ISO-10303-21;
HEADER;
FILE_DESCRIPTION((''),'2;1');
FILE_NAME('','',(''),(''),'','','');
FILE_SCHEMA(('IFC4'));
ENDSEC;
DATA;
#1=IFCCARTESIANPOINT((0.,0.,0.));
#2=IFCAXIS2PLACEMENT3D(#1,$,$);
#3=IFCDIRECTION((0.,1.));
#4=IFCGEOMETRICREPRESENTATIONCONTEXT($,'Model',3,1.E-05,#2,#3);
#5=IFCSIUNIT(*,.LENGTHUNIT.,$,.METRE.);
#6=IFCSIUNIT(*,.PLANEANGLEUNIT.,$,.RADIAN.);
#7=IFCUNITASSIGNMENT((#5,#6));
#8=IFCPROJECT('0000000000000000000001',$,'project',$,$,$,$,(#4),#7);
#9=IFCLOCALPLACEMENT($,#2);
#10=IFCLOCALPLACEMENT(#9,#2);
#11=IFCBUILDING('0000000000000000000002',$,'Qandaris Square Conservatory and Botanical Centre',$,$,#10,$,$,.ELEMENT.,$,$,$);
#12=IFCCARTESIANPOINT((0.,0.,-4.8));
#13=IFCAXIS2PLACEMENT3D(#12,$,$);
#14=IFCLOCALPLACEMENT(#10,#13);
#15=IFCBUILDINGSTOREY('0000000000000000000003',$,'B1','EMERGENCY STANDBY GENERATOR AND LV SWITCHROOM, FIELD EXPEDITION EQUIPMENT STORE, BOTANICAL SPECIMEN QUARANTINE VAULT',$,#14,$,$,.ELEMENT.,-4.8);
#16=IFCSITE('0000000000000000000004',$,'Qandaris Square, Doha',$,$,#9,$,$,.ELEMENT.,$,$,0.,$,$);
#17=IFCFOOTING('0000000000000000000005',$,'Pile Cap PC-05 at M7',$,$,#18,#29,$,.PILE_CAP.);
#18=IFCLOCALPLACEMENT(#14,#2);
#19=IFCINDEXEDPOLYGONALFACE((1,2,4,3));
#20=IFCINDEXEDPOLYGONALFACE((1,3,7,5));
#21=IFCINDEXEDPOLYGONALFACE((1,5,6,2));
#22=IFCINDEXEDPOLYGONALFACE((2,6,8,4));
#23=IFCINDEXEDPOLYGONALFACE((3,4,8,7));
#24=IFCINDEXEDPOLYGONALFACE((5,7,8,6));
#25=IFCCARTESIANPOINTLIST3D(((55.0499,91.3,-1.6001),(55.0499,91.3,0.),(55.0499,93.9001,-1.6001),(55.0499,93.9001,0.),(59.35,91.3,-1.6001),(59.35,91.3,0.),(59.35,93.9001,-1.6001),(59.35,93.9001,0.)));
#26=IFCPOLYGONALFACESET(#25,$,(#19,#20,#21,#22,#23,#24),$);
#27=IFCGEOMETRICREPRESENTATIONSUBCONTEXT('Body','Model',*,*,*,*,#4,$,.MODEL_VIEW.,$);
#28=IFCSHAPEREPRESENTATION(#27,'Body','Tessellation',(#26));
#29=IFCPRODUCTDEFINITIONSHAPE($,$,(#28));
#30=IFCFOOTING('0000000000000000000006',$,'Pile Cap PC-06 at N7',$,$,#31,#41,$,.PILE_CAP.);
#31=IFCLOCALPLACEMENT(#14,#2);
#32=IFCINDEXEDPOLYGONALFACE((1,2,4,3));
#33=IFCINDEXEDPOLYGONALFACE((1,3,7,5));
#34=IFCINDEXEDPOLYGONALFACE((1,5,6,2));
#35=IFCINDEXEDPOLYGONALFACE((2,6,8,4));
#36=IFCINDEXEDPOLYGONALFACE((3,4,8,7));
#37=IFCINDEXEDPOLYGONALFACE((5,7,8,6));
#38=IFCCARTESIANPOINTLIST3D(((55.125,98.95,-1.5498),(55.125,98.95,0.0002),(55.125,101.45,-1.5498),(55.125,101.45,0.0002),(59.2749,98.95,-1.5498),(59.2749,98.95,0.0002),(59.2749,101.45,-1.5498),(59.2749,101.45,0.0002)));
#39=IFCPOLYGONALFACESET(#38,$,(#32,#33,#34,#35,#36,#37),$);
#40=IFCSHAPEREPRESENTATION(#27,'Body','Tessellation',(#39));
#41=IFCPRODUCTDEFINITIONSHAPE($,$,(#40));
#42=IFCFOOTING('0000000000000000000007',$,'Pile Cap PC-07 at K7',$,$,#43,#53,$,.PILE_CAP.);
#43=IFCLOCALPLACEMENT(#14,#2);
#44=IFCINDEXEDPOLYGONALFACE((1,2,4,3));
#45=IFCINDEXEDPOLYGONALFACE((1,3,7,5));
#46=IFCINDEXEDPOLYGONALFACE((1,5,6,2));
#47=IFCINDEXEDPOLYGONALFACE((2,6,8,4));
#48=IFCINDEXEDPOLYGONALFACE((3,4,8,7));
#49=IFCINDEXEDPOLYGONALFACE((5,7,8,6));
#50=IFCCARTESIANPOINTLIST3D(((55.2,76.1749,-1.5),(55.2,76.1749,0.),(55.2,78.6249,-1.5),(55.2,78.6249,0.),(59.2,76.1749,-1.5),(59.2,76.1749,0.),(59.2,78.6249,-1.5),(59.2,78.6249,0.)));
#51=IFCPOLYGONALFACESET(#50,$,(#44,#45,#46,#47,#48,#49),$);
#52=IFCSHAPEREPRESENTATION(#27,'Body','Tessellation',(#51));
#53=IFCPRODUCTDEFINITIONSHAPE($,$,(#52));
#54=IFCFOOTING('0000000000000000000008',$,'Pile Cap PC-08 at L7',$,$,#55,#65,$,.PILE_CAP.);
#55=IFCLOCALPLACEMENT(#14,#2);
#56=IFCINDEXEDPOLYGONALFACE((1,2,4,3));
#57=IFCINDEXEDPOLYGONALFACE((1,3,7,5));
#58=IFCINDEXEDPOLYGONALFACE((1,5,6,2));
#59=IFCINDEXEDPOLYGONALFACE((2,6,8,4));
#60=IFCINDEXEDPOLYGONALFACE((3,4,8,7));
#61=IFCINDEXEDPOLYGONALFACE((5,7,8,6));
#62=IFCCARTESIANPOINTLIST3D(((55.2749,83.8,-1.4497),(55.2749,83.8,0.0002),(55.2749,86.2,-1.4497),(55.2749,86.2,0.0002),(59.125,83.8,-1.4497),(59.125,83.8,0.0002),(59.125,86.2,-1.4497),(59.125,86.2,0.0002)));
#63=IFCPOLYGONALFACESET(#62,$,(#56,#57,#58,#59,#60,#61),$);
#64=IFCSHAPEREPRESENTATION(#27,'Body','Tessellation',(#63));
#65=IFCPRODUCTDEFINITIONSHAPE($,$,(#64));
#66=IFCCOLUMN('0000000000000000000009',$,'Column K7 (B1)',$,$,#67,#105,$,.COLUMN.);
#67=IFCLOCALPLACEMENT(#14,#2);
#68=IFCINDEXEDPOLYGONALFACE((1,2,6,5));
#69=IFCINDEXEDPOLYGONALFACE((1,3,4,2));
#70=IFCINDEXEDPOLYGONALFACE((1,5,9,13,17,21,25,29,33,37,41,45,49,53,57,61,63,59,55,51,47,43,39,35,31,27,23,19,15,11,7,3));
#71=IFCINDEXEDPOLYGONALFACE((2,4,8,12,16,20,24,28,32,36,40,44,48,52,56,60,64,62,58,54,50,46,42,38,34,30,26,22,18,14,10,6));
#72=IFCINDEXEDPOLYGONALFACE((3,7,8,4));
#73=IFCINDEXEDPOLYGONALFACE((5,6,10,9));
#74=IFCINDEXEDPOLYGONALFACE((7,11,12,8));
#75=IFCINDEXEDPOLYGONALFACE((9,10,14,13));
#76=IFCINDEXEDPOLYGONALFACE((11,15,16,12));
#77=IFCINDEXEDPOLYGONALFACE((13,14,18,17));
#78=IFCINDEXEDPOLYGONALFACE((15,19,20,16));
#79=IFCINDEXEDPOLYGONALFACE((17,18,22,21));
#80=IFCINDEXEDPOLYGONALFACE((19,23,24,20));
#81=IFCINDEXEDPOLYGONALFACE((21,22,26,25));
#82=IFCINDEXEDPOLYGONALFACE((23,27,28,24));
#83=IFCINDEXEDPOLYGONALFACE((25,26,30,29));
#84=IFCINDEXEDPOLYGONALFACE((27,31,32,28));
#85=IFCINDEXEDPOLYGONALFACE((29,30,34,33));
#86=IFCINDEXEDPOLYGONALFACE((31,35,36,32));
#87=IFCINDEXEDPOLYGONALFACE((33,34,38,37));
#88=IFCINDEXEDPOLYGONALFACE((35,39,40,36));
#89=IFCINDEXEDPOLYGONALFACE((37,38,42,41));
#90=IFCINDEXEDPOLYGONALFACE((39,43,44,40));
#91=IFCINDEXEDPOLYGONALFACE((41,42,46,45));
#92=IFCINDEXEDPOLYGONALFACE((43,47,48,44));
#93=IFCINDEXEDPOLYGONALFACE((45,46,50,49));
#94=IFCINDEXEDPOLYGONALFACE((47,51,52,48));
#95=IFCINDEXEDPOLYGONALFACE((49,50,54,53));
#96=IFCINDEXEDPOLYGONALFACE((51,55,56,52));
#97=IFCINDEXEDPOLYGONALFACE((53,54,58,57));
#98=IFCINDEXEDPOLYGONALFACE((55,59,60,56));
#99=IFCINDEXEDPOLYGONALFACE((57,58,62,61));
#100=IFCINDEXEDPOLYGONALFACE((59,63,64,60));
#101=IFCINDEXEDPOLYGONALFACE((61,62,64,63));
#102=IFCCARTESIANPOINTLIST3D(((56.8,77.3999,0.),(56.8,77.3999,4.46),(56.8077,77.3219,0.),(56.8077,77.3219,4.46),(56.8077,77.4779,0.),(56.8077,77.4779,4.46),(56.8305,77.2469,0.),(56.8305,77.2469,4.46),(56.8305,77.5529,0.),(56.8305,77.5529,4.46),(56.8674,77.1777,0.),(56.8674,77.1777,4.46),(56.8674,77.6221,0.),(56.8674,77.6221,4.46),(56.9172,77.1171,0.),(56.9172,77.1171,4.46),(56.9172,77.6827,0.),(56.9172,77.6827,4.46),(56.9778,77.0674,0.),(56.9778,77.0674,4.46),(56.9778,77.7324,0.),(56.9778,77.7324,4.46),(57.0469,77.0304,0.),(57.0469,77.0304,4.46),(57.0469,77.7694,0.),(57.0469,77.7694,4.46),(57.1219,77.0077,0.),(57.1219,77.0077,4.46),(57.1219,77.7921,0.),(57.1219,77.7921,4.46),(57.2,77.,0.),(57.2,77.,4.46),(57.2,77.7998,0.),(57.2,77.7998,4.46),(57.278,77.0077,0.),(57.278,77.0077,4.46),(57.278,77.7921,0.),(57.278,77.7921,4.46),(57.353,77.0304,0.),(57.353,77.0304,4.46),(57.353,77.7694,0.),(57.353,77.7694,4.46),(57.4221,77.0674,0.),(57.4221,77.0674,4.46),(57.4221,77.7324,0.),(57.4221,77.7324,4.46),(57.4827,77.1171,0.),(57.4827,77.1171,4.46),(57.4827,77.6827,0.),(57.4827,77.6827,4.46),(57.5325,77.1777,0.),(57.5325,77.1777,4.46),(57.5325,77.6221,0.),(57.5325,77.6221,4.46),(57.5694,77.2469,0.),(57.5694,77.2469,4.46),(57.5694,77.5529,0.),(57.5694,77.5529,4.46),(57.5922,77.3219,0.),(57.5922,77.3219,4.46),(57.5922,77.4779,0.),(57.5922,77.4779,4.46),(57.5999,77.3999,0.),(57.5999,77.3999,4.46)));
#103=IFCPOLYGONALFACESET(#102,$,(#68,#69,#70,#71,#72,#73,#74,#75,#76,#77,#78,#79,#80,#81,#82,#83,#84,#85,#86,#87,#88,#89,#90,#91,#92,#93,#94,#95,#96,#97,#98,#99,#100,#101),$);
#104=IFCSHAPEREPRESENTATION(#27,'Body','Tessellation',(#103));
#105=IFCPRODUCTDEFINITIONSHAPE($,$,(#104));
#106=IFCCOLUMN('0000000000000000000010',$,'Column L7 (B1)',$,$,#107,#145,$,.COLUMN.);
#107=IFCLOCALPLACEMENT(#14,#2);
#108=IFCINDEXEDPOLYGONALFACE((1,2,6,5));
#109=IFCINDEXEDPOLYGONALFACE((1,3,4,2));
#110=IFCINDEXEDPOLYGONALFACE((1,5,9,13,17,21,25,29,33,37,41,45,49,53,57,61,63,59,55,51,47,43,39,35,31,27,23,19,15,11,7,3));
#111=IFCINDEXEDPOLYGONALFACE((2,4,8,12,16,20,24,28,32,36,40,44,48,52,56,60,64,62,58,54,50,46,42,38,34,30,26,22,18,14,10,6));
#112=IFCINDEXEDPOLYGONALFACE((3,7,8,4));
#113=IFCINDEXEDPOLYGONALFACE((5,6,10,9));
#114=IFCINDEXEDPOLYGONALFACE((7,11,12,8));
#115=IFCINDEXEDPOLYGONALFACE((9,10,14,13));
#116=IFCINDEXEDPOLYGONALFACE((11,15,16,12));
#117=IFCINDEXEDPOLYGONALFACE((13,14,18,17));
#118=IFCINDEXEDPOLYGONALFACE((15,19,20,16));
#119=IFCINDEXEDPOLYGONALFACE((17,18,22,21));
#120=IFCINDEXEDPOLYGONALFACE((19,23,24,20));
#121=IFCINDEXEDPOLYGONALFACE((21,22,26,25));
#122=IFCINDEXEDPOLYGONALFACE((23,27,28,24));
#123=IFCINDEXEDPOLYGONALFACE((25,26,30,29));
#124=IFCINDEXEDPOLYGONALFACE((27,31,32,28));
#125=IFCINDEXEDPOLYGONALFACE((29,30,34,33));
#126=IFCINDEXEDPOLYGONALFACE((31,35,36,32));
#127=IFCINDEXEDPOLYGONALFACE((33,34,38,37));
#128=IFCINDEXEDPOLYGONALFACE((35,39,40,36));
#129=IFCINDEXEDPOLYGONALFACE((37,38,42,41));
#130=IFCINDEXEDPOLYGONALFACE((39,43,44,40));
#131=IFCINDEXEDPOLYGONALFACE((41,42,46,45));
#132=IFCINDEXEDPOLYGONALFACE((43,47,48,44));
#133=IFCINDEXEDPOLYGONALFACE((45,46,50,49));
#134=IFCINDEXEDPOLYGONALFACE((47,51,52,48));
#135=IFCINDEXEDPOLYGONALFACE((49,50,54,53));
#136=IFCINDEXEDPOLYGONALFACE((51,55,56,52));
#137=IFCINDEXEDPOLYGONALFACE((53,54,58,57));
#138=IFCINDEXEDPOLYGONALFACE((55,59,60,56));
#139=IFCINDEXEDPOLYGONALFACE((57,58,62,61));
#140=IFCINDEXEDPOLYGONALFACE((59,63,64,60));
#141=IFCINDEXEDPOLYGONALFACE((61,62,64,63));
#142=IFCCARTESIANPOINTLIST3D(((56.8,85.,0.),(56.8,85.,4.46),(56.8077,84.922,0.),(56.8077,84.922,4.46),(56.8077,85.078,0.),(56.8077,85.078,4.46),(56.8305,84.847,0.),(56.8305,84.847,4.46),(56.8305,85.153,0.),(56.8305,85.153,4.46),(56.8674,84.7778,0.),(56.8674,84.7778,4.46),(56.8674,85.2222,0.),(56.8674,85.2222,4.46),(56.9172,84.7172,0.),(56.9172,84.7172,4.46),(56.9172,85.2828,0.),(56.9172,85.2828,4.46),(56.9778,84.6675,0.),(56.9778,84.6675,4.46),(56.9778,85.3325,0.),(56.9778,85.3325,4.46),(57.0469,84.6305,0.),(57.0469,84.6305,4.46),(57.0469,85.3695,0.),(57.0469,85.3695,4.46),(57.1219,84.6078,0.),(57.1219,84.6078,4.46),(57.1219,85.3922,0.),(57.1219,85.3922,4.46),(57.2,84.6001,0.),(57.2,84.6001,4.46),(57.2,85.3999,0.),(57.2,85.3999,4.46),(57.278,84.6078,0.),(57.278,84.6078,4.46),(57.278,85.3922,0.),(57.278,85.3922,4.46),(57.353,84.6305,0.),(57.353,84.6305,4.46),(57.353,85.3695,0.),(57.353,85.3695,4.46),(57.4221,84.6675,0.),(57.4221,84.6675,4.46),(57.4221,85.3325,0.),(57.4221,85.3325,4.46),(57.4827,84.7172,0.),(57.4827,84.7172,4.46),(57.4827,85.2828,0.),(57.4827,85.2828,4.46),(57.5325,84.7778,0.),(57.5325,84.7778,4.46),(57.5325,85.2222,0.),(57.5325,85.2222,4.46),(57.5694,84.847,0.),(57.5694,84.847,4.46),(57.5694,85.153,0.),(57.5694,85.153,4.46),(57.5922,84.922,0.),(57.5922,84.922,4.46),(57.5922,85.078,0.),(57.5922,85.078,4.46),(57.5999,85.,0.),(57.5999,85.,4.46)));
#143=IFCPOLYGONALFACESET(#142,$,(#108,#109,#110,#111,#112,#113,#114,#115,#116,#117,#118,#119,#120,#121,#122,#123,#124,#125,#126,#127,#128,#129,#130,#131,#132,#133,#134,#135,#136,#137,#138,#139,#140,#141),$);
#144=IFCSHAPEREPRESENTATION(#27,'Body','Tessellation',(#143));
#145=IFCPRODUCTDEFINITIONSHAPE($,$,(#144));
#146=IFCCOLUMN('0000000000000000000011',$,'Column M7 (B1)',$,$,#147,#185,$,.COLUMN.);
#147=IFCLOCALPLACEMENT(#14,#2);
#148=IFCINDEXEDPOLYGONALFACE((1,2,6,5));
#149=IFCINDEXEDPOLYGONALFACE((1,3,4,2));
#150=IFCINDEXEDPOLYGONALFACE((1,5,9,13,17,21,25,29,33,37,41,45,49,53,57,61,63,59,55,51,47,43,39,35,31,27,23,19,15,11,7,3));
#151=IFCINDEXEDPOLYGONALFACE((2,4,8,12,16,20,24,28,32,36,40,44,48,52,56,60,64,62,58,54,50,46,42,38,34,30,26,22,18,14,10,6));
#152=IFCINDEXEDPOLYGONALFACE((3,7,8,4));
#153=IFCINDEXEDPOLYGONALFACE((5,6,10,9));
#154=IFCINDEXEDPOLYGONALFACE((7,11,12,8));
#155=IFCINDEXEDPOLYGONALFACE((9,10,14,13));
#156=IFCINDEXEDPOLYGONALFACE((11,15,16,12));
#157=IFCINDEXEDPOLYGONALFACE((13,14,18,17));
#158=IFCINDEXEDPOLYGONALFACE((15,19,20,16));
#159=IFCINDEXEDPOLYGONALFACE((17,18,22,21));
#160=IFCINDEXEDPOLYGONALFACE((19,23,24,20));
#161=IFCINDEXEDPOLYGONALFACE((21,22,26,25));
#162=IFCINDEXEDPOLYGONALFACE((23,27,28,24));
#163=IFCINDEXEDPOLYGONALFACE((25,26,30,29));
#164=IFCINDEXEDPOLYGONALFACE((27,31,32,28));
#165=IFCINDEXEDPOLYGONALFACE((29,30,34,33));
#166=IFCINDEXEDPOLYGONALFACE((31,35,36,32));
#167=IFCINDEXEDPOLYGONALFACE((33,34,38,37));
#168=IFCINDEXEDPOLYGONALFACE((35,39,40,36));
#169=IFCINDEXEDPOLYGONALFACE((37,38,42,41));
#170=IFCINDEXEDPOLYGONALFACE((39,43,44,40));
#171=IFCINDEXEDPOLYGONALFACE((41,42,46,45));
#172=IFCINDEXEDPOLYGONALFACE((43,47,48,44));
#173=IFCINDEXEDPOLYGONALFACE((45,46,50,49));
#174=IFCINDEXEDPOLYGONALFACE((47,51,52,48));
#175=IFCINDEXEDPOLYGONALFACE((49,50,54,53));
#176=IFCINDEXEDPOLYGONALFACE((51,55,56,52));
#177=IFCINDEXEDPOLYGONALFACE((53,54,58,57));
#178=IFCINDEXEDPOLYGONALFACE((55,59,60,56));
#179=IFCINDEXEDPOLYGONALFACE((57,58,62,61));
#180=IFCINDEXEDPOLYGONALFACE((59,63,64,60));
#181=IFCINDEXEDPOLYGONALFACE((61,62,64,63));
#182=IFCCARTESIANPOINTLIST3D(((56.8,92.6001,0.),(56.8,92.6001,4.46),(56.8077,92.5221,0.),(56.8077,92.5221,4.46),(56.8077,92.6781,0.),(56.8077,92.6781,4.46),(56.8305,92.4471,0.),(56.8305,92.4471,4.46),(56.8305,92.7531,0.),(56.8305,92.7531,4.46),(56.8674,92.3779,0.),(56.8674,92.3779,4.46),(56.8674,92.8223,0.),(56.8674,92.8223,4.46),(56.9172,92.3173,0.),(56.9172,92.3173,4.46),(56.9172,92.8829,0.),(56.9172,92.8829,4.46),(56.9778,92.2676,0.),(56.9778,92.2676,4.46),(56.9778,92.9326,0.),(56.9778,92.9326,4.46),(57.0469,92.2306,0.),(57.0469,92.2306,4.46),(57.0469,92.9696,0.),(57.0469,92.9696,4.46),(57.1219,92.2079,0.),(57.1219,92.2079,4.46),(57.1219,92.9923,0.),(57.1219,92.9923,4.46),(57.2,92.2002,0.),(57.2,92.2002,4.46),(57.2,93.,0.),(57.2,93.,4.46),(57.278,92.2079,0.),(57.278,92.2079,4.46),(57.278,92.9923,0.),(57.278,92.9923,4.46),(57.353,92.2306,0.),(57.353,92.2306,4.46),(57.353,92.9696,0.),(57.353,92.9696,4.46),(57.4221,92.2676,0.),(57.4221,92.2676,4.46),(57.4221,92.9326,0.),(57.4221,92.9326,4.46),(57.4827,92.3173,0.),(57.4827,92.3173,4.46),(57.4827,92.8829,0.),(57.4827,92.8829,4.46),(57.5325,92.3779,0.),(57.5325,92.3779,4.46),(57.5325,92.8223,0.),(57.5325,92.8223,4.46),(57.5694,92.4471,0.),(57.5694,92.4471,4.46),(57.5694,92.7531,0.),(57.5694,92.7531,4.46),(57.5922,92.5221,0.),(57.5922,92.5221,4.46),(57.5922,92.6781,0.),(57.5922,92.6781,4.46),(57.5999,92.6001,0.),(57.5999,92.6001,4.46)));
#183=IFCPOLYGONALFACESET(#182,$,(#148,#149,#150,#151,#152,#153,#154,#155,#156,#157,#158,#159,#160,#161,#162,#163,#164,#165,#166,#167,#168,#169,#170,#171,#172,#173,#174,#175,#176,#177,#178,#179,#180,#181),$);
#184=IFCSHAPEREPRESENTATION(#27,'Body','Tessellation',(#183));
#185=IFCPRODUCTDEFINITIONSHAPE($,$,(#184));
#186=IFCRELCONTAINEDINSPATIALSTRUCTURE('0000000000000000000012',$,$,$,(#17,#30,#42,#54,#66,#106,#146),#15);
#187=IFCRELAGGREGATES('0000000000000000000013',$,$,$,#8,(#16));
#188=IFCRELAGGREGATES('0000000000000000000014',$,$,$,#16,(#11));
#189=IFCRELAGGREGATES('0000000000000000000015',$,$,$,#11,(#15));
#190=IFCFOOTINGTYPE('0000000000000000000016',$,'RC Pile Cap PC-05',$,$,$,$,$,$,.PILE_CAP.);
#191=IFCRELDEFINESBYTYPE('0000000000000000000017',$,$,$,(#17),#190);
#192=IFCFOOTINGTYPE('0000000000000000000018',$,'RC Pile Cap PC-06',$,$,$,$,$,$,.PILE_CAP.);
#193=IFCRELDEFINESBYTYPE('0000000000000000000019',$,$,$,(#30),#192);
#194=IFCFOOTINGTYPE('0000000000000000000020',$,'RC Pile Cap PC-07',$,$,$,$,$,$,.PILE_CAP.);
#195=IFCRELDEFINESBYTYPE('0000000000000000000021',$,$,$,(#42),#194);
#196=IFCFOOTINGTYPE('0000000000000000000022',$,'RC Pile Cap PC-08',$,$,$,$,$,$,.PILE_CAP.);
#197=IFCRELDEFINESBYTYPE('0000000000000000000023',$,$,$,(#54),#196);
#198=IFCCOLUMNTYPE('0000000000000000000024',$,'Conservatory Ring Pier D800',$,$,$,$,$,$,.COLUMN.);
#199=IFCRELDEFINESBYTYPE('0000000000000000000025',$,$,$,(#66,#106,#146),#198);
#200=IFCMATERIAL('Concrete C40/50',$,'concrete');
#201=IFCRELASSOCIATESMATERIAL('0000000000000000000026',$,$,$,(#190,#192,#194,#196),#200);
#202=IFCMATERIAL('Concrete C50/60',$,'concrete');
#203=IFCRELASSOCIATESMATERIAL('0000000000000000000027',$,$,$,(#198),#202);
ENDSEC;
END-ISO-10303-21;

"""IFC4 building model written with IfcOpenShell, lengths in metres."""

from ifc_helpers import new_model, si_unit, direction, frame, origin, origin_2d, place, context, subcontext, project, spatial, rectangle, circle, extrude, material, material_profile, profile_set, type_object, element, save


model = new_model("IFC4")

# Units and contexts
model_context = context("Model", 3, precision=1e-05, world=origin(), true_north=direction((0.0, 1.0)))
body_context = subcontext(model_context, "Body", "Model", "MODEL_VIEW")
ifc_project = project(units=[si_unit("LENGTHUNIT", "METRE"), si_unit("PLANEANGLEUNIT", "RADIAN")], contexts=[model_context])

# Site, building, storey
site_placement = place(None, origin())
site = spatial("IfcSite", under=ifc_project, at=site_placement, Name="Qandaris Square, Doha", CompositionType="ELEMENT", RefElevation=0.0)
building_placement = place(site_placement, origin())
building = spatial("IfcBuilding", under=site, at=building_placement, Name="Qandaris Square Conservatory and Botanical Centre", CompositionType="ELEMENT")
storey_placement = place(building_placement, frame((0.0, 0.0, -4.8)))
storey = spatial("IfcBuildingStorey", under=building, at=storey_placement, Name="B1", Description="EMERGENCY STANDBY GENERATOR AND LV SWITCHROOM, FIELD EXPEDITION EQUIPMENT STORE, BOTANICAL SPECIMEN QUARANTINE VAULT", CompositionType="ELEMENT", Elevation=-4.8)

# Shared definitions
ifc_material_1 = material(Name="Concrete C50/60", Category="concrete")

# Footings
ifc_material_2 = material(Name="Concrete C40/50", Category="concrete")
footing_type_1 = type_object("IfcFootingType", Name="RC Pile Cap PC-05", PredefinedType="PILE_CAP", material=ifc_material_2)
footing_1_placement = place(storey_placement, frame((57.2, 92.6001, -1.6001), z_axis=(0.0, 0.0, 1.0), x_axis=(1.0, 0.0, 0.0)))
element("IfcFooting", 1, at=footing_1_placement, inside=storey, type_object=footing_type_1, Name="Pile Cap PC-05 at M7", PredefinedType="PILE_CAP", context=body_context, shape_type="SweptSolid", body=[
    extrude(rectangle(XDim=4.3, YDim=2.6001, at=origin_2d()), origin(), (0.0, 0.0, 1.0), 1.6001),
])
footing_type_2 = type_object("IfcFootingType", Name="RC Pile Cap PC-06", PredefinedType="PILE_CAP", material=ifc_material_2)
footing_2_placement = place(storey_placement, frame((57.2, 100.2, -1.5498), z_axis=(0.0, 0.0, 1.0), x_axis=(1.0, 0.0, 0.0)))
element("IfcFooting", 2, at=footing_2_placement, inside=storey, type_object=footing_type_2, Name="Pile Cap PC-06 at N7", PredefinedType="PILE_CAP", context=body_context, shape_type="SweptSolid", body=[
    extrude(rectangle(XDim=4.1499, YDim=2.5, at=origin_2d()), origin(), (0.0, 0.0, 1.0), 1.55),
])
footing_type_3 = type_object("IfcFootingType", Name="RC Pile Cap PC-07", PredefinedType="PILE_CAP", material=ifc_material_2)
footing_3_placement = place(storey_placement, frame((57.2, 77.3999, -1.5), z_axis=(0.0, 0.0, 1.0), x_axis=(1.0, 0.0, 0.0)))
element("IfcFooting", 3, at=footing_3_placement, inside=storey, type_object=footing_type_3, Name="Pile Cap PC-07 at K7", PredefinedType="PILE_CAP", context=body_context, shape_type="SweptSolid", body=[
    extrude(rectangle(XDim=4.0, YDim=2.45, at=origin_2d()), origin(), (0.0, 0.0, 1.0), 1.5),
])
footing_type_4 = type_object("IfcFootingType", Name="RC Pile Cap PC-08", PredefinedType="PILE_CAP", material=ifc_material_2)
footing_4_placement = place(storey_placement, frame((57.2, 85.0, -1.4497), z_axis=(0.0, 0.0, 1.0), x_axis=(1.0, 0.0, 0.0)))
element("IfcFooting", 4, at=footing_4_placement, inside=storey, type_object=footing_type_4, Name="Pile Cap PC-08 at L7", PredefinedType="PILE_CAP", context=body_context, shape_type="SweptSolid", body=[
    extrude(rectangle(XDim=3.8501, YDim=2.3999, at=origin_2d()), origin(), (0.0, 0.0, 1.0), 1.45),
])

# Columns
ifc_material_profile_1 = material_profile(ifc_material_1, circle(Radius=0.3999, at=origin_2d()), Name="RC-COL D800")
ifc_profile_set_1 = profile_set([ifc_material_profile_1], Name="Concrete C50/60")
column_type = type_object("IfcColumnType", Name="Conservatory Ring Pier D800", PredefinedType="COLUMN", material=ifc_profile_set_1)
for number, where, z_axis, x_axis, name in (
    (5, (57.2, 77.3999, 0.0), (0.0, 0.0, 1.0), (1.0, 0.0, 0.0), "Column K7 (B1)"),
    (6, (57.2, 85.0, 0.0), (0.0, 0.0, 1.0), (1.0, 0.0, 0.0), "Column L7 (B1)"),
    (7, (57.2, 92.6001, 0.0), (0.0, 0.0, 1.0), (1.0, 0.0, 0.0), "Column M7 (B1)"),
):
    element("IfcColumn", number, at=place(storey_placement, frame(where, z_axis=z_axis, x_axis=x_axis)), inside=storey, type_object=column_type, Name=name, PredefinedType="COLUMN", context=body_context, shape_type="SweptSolid", body=[
        extrude(circle(Radius=0.3999, at=origin_2d()), origin(), (0.0, 0.0, 1.0), 4.46),
    ])

save(model, "model.ifc")
